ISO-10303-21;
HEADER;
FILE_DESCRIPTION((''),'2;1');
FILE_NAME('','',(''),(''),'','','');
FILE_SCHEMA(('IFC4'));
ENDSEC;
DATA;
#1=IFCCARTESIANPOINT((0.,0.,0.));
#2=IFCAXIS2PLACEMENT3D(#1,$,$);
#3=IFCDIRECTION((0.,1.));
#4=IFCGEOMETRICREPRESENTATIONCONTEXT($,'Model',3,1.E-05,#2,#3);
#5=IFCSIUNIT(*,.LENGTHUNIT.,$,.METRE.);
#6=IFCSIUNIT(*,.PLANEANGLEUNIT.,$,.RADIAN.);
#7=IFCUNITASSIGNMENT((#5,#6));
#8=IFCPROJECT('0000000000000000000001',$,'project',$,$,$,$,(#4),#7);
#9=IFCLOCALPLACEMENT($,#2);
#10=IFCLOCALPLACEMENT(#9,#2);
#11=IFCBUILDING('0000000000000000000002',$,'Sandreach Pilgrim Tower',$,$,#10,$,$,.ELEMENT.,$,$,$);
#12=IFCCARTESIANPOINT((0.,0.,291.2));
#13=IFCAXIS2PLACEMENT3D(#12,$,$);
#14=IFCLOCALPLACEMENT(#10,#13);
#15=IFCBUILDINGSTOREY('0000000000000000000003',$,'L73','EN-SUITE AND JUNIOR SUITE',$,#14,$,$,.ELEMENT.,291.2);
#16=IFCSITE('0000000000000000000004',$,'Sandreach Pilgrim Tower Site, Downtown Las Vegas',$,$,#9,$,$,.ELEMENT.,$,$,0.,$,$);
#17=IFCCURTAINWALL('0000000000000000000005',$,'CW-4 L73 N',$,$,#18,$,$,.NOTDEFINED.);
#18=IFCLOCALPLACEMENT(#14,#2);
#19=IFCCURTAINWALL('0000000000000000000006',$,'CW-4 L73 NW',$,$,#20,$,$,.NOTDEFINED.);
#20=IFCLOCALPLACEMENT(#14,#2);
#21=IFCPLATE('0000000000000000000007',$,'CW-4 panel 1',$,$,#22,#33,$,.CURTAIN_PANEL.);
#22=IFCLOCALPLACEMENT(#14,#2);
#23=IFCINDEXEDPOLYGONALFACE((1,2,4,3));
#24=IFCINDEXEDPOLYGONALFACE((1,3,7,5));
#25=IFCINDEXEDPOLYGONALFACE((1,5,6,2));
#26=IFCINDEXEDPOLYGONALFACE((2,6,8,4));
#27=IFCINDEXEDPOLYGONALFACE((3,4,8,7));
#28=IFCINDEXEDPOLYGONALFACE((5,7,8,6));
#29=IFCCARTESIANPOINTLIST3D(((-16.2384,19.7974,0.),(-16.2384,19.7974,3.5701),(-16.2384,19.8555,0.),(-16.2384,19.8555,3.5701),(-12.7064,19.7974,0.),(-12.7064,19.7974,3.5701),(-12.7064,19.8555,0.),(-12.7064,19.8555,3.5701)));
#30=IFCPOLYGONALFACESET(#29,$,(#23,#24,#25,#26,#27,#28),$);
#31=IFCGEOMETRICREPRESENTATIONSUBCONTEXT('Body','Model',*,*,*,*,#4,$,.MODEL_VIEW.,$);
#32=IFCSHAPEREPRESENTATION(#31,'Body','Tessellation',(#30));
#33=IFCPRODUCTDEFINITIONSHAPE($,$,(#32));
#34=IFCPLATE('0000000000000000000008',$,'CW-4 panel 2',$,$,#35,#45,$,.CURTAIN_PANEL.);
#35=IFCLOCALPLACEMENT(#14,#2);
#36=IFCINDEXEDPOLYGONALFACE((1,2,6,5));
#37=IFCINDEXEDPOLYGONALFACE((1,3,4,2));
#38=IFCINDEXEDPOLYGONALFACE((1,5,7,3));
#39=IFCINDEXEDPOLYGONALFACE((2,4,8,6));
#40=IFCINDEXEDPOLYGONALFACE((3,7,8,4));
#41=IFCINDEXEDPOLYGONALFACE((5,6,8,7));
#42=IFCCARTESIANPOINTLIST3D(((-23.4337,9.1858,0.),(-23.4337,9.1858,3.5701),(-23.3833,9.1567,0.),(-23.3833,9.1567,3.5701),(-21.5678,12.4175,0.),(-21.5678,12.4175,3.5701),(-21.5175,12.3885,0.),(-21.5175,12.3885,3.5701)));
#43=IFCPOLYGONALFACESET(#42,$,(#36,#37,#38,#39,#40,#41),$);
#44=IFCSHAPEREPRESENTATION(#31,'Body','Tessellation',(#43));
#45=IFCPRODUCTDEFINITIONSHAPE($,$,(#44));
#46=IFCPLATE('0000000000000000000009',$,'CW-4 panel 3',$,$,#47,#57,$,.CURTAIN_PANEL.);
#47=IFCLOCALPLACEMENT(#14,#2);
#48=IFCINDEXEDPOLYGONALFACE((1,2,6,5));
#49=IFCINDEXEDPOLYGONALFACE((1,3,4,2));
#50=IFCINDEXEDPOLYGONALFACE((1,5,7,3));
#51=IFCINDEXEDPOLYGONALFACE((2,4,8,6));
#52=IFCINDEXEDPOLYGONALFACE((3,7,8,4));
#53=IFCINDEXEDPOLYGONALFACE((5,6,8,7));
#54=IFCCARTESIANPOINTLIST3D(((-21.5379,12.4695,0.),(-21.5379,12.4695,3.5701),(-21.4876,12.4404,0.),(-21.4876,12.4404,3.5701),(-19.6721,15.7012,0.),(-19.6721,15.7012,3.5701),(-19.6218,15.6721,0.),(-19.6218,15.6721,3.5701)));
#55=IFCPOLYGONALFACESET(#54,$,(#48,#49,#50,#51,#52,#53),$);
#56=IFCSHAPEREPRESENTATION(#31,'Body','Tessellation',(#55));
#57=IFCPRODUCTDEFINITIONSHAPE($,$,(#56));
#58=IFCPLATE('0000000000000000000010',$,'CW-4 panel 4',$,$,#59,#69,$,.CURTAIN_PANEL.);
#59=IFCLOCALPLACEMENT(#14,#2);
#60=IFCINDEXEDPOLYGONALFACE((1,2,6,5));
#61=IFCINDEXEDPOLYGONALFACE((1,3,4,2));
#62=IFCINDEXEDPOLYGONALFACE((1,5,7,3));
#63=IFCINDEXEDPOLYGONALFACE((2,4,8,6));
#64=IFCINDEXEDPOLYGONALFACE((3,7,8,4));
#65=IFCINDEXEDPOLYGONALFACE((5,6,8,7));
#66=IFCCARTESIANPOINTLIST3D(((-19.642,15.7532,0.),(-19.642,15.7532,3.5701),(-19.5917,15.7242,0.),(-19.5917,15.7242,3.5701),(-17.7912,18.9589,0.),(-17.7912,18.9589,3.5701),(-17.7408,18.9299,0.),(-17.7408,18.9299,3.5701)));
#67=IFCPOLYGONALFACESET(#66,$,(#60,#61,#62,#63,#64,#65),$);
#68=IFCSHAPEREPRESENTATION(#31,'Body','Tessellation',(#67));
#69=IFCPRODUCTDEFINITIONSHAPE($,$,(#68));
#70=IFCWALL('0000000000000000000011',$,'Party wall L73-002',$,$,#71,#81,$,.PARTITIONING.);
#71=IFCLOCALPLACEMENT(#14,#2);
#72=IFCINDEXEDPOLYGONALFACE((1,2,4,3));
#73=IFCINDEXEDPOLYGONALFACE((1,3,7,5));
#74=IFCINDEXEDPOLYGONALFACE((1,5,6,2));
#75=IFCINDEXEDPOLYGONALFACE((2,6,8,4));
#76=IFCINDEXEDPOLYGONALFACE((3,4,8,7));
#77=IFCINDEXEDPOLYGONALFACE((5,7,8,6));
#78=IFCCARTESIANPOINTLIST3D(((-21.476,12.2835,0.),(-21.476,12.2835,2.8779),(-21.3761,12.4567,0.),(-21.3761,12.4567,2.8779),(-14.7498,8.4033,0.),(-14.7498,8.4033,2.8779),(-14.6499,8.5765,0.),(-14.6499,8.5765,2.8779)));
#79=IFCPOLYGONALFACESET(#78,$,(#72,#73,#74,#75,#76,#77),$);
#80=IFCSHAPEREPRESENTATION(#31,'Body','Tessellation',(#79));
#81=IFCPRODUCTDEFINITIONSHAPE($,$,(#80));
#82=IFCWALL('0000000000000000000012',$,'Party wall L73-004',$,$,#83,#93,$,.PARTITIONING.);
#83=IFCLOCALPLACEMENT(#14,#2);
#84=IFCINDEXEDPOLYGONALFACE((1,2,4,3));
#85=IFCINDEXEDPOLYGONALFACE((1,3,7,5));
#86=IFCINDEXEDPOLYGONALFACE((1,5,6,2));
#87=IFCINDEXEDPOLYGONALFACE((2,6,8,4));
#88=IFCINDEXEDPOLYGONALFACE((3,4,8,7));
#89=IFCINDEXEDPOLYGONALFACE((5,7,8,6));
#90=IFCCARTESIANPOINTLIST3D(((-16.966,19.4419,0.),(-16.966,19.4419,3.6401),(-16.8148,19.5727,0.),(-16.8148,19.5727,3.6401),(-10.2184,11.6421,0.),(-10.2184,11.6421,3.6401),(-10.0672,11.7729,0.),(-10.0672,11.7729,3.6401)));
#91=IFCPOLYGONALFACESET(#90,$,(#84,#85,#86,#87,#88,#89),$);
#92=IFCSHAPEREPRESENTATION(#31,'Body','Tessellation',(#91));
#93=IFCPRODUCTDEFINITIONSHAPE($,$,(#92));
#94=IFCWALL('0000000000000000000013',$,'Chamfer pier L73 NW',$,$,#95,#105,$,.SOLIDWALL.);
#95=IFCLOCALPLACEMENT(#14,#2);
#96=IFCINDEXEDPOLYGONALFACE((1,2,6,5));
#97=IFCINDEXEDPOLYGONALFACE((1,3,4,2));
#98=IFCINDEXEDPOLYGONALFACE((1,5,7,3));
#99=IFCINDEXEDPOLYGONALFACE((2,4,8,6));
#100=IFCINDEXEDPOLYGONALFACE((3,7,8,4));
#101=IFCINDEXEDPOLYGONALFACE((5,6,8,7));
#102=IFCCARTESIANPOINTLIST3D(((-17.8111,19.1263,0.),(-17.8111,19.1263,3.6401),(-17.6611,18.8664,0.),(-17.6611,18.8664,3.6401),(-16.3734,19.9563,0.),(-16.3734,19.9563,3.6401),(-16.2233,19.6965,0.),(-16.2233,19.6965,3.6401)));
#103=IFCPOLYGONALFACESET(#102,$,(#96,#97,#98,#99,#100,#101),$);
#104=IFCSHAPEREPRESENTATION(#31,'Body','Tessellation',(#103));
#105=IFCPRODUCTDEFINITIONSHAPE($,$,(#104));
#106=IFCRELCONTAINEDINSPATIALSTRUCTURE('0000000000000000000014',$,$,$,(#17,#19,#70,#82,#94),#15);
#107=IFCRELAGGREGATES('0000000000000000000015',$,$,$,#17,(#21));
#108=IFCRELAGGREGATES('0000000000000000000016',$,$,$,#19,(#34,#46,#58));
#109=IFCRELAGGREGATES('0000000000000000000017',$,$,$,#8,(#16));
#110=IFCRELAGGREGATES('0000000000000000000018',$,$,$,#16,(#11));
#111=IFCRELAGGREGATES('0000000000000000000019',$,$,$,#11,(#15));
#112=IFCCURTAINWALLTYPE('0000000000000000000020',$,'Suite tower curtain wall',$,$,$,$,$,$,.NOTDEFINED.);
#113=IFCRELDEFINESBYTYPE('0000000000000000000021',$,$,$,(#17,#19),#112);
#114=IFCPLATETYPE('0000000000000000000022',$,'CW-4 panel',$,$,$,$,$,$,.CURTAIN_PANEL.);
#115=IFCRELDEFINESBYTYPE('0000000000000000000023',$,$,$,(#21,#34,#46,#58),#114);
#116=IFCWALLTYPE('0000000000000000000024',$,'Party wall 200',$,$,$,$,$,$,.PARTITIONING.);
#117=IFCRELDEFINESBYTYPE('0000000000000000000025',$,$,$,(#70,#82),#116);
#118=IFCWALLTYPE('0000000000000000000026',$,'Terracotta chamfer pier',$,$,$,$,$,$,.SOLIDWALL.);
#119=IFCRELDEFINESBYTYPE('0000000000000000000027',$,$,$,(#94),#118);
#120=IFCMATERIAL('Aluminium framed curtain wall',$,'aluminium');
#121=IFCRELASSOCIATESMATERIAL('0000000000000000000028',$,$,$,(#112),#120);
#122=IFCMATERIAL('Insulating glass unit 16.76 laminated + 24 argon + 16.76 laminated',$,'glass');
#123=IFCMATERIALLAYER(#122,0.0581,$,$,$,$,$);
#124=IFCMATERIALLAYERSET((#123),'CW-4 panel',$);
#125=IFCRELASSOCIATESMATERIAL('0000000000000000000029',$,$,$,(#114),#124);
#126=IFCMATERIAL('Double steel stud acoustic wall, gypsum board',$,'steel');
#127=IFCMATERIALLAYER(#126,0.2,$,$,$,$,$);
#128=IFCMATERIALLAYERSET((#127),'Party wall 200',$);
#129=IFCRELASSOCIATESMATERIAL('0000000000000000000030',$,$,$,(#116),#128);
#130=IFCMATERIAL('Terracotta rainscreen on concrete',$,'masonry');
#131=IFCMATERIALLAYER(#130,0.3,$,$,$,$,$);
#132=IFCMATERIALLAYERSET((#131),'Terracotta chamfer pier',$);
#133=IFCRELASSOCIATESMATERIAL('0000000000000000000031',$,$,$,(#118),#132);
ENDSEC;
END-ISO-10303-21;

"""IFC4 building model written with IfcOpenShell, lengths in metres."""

from ifc_helpers import new_model, si_unit, direction, frame, frame_2d, origin, origin_2d, place, context, subcontext, project, spatial, rectangle, extrude, material, layer, layer_set, type_object, element, aggregate, save


model = new_model("IFC4")

# Units and contexts
model_context = context("Model", 3, precision=1e-05, world=origin(), true_north=direction((0.0, 1.0)))
body_context = subcontext(model_context, "Body", "Model", "MODEL_VIEW")
ifc_project = project(units=[si_unit("LENGTHUNIT", "METRE"), si_unit("PLANEANGLEUNIT", "RADIAN")], contexts=[model_context])

# Site, building, storey
site_placement = place(None, origin())
site = spatial("IfcSite", under=ifc_project, at=site_placement, Name="Sandreach Pilgrim Tower Site, Downtown Las Vegas", CompositionType="ELEMENT", RefElevation=0.0)
building_placement = place(site_placement, origin())
building = spatial("IfcBuilding", under=site, at=building_placement, Name="Sandreach Pilgrim Tower", CompositionType="ELEMENT")
storey_placement = place(building_placement, frame((0.0, 0.0, 291.2)))
storey = spatial("IfcBuildingStorey", under=building, at=storey_placement, Name="L73", Description="EN-SUITE AND JUNIOR SUITE", CompositionType="ELEMENT", Elevation=291.2)

# Curtain wall
ifc_material_1 = material(Name="Aluminium framed curtain wall", Category="aluminium")
curtain_wall_type = type_object("IfcCurtainWallType", Name="Suite tower curtain wall", PredefinedType="NOTDEFINED", material=ifc_material_1)
curtain_wall_1_placement = place(storey_placement, origin())
curtain_wall_1 = element("IfcCurtainWall", 1, at=curtain_wall_1_placement, inside=storey, type_object=curtain_wall_type, Name="CW-4 L73 N", PredefinedType="NOTDEFINED")

# Curtain wall
curtain_wall_2_placement = place(storey_placement, origin())
curtain_wall_2 = element("IfcCurtainWall", 2, at=curtain_wall_2_placement, inside=storey, type_object=curtain_wall_type, Name="CW-4 L73 NW", PredefinedType="NOTDEFINED")

# Plates
ifc_material_2 = material(Name="Insulating glass unit 16.76 laminated + 24 argon + 16.76 laminated", Category="glass")
ifc_layer_1 = layer(ifc_material_2, 0.0581)
ifc_layer_set_1 = layer_set([ifc_layer_1], Name="CW-4 panel")
plate_type = type_object("IfcPlateType", Name="CW-4 panel", PredefinedType="CURTAIN_PANEL", material=ifc_layer_set_1)
plate_1_placement = place(storey_placement, frame((-14.4724, 19.8264, 0.0), z_axis=(0.0, 0.0, 1.0), x_axis=(1.0, 0.0, 0.0)))
plate_1 = element("IfcPlate", 3, at=plate_1_placement, type_object=plate_type, Name="CW-4 panel 1", PredefinedType="CURTAIN_PANEL", context=body_context, shape_type="SweptSolid", body=[
    extrude(rectangle(XDim=3.532, YDim=0.0581, at=origin_2d()), origin(), (0.0, 0.0, 1.0), 3.5701),
])
aggregate(curtain_wall_1, [plate_1])
plate_2_placement = place(storey_placement, frame((-22.4756, 10.7871, 0.0), z_axis=(0.0, 0.0, 1.0), x_axis=(0.5, 0.866025, 0.0)))
plate_2 = element("IfcPlate", 4, at=plate_2_placement, type_object=plate_type, Name="CW-4 panel 2", PredefinedType="CURTAIN_PANEL", context=body_context, shape_type="SweptSolid", body=[
    extrude(rectangle(XDim=3.7317, YDim=0.0581, at=origin_2d()), origin(), (0.0, 0.0, 1.0), 3.5701),
])
plate_3_placement = place(storey_placement, frame((-20.5798, 14.0708, 0.0), z_axis=(0.0, 0.0, 1.0), x_axis=(0.5, 0.866025, 0.0)))
plate_3 = element("IfcPlate", 5, at=plate_3_placement, type_object=plate_type, Name="CW-4 panel 3", PredefinedType="CURTAIN_PANEL", context=body_context, shape_type="SweptSolid", body=[
    extrude(rectangle(XDim=3.7317, YDim=0.0581, at=origin_2d()), origin(), (0.0, 0.0, 1.0), 3.5701),
])
plate_4_placement = place(storey_placement, frame((-18.6914, 17.3416, 0.0), z_axis=(0.0, 0.0, 1.0), x_axis=(0.5, 0.866025, 0.0)))
plate_4 = element("IfcPlate", 6, at=plate_4_placement, type_object=plate_type, Name="CW-4 panel 4", PredefinedType="CURTAIN_PANEL", context=body_context, shape_type="SweptSolid", body=[
    extrude(rectangle(XDim=3.7017, YDim=0.0581, at=origin_2d()), origin(), (0.0, 0.0, 1.0), 3.5701),
])
aggregate(curtain_wall_2, [plate_2, plate_3, plate_4])

# Walls
ifc_material_3 = material(Name="Double steel stud acoustic wall, gypsum board", Category="steel")
ifc_layer_2 = layer(ifc_material_3, 0.2)
ifc_layer_set_2 = layer_set([ifc_layer_2], Name="Party wall 200")
wall_type_1 = type_object("IfcWallType", Name="Party wall 200", PredefinedType="PARTITIONING", material=ifc_layer_set_2)
wall_1_placement = place(storey_placement, frame((-21.426, 12.3701, 0.0), z_axis=(0.0, 0.0, 1.0), x_axis=(0.866202, -0.499693, 0.0)))
element("IfcWall", 7, at=wall_1_placement, inside=storey, type_object=wall_type_1, Name="Party wall L73-002", PredefinedType="PARTITIONING", context=body_context, shape_type="SweptSolid", body=[
    extrude(rectangle(XDim=7.7651, YDim=0.2, at=frame_2d((3.8826, 0.0))), origin(), (0.0, 0.0, 1.0), 2.8779),
])
wall_2_placement = place(storey_placement, frame((-16.8904, 19.5073, 0.0), z_axis=(0.0, 0.0, 1.0), x_axis=(0.654251, -0.756278, 0.0)))
element("IfcWall", 8, at=wall_2_placement, inside=storey, type_object=wall_type_1, Name="Party wall L73-004", PredefinedType="PARTITIONING", context=body_context, shape_type="SweptSolid", body=[
    extrude(rectangle(XDim=10.3135, YDim=0.2, at=frame_2d((5.1567, 0.0))), origin(), (0.0, 0.0, 1.0), 3.6401),
])
ifc_material_4 = material(Name="Terracotta rainscreen on concrete", Category="masonry")
ifc_layer_3 = layer(ifc_material_4, 0.3)
ifc_layer_set_3 = layer_set([ifc_layer_3], Name="Terracotta chamfer pier")
wall_type_2 = type_object("IfcWallType", Name="Terracotta chamfer pier", PredefinedType="SOLIDWALL", material=ifc_layer_set_3)
wall_3_placement = place(storey_placement, frame((-17.7361, 18.9963, 0.0), z_axis=(0.0, 0.0, 1.0), x_axis=(0.866026, 0.499998, 0.0)))
element("IfcWall", 9, at=wall_3_placement, inside=storey, type_object=wall_type_2, Name="Chamfer pier L73 NW", PredefinedType="SOLIDWALL", context=body_context, shape_type="SweptSolid", body=[
    extrude(rectangle(XDim=1.6602, YDim=0.3, at=frame_2d((0.8301, 0.0))), origin(), (0.0, 0.0, 1.0), 3.6401),
])

save(model, "model.ifc")
